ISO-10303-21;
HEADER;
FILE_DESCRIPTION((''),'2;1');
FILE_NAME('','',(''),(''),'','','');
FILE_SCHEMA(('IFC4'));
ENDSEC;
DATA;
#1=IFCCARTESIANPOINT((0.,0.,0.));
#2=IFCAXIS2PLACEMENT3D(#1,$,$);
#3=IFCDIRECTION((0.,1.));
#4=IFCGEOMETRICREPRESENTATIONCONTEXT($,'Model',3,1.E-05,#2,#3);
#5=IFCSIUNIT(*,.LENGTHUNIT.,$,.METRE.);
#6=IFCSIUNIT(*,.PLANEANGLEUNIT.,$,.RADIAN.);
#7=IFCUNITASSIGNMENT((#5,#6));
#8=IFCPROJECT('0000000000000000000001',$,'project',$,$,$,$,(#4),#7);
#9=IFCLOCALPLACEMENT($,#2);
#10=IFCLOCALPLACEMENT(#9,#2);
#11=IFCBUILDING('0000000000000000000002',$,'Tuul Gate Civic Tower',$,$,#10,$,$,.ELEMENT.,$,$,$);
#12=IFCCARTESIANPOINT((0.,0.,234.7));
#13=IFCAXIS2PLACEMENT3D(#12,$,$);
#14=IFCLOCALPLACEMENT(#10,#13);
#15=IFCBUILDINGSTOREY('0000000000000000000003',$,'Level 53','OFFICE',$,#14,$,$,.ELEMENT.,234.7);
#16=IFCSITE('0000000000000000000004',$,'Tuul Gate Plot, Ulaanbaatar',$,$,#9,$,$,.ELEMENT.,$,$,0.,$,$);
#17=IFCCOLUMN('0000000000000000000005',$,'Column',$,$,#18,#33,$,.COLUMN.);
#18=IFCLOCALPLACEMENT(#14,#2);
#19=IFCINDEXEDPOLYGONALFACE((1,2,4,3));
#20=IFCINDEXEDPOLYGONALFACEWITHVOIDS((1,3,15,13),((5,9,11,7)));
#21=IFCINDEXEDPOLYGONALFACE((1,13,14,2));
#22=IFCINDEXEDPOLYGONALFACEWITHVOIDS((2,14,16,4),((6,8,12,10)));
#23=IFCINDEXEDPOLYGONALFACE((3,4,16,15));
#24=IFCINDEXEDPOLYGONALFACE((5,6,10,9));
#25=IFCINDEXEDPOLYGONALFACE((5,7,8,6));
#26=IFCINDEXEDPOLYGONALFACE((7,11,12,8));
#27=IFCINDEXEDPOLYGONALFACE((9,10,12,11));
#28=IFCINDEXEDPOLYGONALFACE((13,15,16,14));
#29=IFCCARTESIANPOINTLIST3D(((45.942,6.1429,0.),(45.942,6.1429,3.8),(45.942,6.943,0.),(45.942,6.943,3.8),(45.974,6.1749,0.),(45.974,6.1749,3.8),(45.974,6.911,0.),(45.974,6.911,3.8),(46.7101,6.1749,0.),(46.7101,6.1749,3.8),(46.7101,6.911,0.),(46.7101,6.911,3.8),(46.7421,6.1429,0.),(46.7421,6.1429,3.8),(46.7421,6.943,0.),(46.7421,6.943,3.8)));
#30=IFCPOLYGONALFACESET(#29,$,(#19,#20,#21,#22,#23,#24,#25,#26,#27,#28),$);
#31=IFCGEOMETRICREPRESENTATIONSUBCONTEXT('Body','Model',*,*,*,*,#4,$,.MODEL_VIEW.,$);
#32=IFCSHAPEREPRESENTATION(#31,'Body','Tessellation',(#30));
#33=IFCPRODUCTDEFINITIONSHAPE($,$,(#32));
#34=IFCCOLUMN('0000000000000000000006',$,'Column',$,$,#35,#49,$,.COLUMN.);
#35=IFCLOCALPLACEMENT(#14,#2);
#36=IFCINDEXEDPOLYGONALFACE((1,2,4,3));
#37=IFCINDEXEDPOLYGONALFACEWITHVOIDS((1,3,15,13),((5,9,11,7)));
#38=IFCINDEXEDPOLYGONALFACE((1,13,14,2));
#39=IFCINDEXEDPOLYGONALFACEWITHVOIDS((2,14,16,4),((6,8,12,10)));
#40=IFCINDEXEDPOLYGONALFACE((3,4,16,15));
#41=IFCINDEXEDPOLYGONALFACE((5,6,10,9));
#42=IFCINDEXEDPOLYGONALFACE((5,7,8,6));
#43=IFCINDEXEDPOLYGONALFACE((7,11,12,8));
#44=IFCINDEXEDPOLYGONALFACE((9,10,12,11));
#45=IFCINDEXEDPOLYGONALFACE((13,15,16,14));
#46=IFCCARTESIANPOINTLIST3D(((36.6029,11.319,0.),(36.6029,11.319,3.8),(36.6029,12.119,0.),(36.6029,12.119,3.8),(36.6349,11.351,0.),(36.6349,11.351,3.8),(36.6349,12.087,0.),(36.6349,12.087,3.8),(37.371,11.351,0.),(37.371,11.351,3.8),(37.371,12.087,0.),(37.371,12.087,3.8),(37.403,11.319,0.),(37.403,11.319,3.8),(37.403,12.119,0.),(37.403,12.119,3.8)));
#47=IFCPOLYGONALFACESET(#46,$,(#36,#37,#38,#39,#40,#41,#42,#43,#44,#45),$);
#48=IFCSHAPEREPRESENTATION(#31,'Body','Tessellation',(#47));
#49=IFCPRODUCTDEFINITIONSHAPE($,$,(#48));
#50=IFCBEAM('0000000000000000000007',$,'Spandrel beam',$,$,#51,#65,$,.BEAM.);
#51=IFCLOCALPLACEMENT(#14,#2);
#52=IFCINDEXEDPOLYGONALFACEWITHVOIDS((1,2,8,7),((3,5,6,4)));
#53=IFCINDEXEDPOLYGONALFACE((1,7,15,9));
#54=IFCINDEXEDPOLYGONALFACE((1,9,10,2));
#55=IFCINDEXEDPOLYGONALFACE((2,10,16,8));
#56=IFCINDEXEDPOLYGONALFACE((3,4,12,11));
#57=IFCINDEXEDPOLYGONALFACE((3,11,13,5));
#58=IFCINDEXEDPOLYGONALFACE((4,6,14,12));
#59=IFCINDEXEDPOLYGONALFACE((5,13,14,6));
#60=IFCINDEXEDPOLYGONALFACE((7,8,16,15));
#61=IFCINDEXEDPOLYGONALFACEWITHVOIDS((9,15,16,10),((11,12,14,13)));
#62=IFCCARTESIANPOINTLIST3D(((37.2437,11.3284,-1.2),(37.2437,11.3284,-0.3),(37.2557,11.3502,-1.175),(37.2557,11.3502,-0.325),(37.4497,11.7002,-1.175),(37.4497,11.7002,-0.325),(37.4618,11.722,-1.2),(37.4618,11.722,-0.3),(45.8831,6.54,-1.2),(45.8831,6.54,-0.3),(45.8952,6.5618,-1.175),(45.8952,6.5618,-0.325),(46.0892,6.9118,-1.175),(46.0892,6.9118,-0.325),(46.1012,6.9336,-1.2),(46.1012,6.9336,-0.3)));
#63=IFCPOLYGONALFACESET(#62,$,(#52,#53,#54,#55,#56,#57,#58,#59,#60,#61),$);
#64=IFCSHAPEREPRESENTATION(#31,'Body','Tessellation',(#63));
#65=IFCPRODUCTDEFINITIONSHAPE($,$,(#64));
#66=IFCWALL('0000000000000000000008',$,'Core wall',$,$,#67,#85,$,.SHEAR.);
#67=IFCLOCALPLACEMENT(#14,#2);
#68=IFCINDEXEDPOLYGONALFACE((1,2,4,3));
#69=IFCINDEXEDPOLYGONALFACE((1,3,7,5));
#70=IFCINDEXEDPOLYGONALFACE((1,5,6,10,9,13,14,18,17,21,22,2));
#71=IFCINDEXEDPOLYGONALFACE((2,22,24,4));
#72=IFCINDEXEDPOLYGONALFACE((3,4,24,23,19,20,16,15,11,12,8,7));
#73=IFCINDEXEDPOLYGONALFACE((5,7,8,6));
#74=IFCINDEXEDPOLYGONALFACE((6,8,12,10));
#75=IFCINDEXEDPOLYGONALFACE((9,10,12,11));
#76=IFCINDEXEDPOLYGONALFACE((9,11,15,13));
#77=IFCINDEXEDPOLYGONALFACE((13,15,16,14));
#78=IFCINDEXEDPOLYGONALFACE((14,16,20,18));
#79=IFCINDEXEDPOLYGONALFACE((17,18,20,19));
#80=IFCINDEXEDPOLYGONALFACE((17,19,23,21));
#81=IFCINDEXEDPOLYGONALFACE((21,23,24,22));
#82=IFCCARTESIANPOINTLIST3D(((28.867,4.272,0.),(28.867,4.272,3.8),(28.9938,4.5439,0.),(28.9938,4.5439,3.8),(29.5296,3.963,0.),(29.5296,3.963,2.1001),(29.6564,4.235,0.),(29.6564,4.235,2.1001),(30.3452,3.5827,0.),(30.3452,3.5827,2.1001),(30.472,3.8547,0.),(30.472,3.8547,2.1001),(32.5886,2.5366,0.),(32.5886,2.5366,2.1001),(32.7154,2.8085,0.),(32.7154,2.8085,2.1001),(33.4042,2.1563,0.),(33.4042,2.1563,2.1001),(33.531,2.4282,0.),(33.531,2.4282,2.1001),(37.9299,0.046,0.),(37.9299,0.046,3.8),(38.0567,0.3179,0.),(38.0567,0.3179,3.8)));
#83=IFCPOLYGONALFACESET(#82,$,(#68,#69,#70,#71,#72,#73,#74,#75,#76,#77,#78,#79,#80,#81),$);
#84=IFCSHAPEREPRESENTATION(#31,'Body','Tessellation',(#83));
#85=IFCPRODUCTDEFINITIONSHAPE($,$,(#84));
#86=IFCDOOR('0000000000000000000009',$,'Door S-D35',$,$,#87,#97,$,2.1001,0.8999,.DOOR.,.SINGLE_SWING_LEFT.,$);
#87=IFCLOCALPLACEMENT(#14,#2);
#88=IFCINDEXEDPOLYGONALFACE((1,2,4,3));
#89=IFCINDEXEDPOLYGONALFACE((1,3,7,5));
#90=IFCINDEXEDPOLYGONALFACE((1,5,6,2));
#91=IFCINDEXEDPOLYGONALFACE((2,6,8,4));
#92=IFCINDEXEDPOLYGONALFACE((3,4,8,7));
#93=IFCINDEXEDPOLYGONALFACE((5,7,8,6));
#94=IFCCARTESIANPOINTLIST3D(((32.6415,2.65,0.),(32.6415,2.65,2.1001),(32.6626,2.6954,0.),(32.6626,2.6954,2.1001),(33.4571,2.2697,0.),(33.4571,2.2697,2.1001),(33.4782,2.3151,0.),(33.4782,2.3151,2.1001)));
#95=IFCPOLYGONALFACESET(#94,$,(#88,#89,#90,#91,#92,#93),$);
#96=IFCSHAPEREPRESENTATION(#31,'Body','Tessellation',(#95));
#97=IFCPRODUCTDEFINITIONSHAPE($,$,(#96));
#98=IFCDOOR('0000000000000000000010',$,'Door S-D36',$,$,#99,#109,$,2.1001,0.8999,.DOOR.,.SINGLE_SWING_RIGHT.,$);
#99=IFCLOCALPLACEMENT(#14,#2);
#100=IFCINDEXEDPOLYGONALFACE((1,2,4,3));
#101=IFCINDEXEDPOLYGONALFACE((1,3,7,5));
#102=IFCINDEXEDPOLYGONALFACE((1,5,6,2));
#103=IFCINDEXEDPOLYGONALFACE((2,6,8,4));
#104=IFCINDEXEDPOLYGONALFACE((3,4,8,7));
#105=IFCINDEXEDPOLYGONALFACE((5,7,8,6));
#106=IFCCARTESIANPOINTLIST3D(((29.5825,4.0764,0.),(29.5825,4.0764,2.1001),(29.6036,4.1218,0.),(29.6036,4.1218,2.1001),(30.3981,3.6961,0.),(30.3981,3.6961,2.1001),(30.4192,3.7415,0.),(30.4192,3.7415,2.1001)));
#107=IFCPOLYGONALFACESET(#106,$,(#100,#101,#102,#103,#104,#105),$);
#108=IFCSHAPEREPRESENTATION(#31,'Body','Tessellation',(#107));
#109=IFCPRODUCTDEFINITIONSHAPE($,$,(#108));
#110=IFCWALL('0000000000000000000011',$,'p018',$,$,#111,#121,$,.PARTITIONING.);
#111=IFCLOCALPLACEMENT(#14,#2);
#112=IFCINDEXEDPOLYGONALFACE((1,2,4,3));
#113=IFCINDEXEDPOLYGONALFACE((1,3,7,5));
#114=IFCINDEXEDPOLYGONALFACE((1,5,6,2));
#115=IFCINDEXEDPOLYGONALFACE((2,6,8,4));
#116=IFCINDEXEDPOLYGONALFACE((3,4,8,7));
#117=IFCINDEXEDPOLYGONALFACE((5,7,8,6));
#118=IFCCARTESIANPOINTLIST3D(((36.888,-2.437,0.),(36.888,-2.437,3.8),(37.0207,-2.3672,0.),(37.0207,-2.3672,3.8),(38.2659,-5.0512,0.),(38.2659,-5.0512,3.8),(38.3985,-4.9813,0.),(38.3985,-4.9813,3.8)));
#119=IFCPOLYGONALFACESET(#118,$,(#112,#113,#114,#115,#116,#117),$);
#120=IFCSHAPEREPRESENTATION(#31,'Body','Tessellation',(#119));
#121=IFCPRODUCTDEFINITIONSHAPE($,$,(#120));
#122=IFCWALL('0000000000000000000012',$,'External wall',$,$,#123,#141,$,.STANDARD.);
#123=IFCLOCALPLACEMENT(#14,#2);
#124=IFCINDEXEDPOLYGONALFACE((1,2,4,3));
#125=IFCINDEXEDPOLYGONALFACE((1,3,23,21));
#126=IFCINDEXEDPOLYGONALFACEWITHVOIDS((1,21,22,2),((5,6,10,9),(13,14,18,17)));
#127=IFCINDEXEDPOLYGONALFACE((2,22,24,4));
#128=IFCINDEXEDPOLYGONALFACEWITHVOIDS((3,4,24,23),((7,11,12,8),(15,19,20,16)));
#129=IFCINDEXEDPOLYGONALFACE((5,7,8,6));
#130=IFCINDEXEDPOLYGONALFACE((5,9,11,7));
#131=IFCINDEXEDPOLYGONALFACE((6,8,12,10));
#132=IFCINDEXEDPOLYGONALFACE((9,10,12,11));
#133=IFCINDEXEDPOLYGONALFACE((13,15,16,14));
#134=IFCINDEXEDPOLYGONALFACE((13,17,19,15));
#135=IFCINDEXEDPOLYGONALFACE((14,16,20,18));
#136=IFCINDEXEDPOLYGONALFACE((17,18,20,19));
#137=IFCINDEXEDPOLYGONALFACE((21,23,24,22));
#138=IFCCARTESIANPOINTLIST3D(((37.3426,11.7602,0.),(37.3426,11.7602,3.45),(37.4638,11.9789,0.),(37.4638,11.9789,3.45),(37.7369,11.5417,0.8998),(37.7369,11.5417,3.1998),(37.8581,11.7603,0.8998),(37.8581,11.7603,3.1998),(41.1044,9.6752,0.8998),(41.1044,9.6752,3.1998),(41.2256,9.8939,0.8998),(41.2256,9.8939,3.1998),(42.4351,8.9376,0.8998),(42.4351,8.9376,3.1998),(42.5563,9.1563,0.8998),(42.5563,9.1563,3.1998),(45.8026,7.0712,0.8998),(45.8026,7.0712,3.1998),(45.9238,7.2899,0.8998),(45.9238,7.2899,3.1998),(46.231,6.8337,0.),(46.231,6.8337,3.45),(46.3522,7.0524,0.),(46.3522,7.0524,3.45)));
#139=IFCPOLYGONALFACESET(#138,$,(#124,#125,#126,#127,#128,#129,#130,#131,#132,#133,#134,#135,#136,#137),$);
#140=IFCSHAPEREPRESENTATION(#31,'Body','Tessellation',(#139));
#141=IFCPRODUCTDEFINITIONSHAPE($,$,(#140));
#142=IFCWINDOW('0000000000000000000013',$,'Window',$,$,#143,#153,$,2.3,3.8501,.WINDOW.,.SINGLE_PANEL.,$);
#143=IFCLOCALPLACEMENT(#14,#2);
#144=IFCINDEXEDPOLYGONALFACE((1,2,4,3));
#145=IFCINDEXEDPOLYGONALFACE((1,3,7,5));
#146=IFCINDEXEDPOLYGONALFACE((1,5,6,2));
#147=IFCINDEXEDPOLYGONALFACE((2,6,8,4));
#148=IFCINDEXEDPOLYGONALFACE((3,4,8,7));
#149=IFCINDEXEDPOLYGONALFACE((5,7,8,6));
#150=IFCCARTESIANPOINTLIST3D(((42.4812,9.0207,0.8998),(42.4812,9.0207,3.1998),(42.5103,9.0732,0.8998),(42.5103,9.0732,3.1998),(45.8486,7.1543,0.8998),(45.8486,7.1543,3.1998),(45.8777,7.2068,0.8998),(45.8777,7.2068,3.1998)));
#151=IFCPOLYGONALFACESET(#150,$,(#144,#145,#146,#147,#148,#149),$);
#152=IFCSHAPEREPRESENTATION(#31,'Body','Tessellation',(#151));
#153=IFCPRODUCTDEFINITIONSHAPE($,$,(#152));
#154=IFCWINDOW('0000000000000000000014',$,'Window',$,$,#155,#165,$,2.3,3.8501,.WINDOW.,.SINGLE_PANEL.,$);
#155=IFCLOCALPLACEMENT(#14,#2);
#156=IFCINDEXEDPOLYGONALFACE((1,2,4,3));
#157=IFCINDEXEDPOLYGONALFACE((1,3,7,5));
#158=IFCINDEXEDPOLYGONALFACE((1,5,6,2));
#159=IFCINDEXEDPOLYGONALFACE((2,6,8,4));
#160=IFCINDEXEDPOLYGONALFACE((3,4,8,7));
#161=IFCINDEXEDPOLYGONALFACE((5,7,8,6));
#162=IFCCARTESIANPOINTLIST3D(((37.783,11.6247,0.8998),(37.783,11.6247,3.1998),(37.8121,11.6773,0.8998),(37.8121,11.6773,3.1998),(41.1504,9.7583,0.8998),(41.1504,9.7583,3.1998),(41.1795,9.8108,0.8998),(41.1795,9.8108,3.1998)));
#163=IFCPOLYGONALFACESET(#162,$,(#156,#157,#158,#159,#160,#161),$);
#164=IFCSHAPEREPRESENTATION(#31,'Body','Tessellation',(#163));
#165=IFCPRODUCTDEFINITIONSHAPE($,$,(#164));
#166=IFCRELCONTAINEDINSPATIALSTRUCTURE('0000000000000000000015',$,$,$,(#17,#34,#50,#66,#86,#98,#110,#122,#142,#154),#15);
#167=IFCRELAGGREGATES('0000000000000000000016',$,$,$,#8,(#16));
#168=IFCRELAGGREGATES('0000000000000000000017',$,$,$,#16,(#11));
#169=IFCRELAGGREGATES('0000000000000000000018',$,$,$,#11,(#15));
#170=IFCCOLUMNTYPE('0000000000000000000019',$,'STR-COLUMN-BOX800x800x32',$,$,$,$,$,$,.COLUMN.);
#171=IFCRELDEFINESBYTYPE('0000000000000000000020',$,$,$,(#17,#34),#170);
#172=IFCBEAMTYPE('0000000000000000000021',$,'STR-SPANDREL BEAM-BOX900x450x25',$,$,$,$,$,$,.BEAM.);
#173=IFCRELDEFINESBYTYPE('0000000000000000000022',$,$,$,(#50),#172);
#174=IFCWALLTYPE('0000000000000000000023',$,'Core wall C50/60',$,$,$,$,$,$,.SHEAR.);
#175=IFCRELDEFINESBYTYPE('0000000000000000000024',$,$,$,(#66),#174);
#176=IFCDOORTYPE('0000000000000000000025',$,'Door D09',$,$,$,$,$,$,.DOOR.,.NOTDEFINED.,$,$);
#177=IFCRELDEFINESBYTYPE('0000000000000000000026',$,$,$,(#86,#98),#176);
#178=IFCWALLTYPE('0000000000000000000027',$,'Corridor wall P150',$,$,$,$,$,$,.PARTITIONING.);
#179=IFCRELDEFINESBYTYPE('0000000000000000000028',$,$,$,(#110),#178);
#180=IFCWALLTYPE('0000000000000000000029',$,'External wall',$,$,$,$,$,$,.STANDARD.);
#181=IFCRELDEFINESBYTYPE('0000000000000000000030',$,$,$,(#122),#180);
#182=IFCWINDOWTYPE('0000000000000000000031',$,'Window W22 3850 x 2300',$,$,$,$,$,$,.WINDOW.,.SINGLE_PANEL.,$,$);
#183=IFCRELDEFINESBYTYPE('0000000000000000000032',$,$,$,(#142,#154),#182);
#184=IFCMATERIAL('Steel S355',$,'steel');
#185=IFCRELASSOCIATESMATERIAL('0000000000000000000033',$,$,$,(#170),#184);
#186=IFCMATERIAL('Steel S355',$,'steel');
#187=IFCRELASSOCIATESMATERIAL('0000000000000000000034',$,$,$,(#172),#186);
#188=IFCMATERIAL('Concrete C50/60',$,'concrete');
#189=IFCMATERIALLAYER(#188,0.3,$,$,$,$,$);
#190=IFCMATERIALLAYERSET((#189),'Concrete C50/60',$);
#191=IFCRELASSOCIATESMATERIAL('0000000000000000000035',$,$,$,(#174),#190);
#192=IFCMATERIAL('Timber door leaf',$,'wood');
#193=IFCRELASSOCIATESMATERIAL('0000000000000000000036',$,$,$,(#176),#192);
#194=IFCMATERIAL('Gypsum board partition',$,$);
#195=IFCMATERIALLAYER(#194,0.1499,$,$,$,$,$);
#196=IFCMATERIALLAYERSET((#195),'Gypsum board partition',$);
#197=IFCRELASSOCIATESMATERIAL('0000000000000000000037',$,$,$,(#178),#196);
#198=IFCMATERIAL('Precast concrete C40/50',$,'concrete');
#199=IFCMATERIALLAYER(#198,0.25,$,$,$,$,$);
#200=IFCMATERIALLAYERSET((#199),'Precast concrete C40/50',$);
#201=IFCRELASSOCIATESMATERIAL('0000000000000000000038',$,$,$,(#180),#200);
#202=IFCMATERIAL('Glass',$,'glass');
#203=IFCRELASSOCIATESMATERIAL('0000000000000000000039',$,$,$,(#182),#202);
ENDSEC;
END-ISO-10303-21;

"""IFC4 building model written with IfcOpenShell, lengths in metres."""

from ifc_helpers import new_model, si_unit, direction, frame, frame_2d, origin, origin_2d, place, context, subcontext, project, spatial, rectangle, hollow_rectangle, extrude, material, layer, layer_set, material_profile, profile_set, type_object, element, fill, save


model = new_model("IFC4")

# Units and contexts
model_context = context("Model", 3, precision=1e-05, world=origin(), true_north=direction((0.0, 1.0)))
body_context = subcontext(model_context, "Body", "Model", "MODEL_VIEW")
ifc_project = project(units=[si_unit("LENGTHUNIT", "METRE"), si_unit("PLANEANGLEUNIT", "RADIAN")], contexts=[model_context])

# Site, building, storey
site_placement = place(None, origin())
site = spatial("IfcSite", under=ifc_project, at=site_placement, Name="Tuul Gate Plot, Ulaanbaatar", CompositionType="ELEMENT", RefElevation=0.0)
building_placement = place(site_placement, origin())
building = spatial("IfcBuilding", under=site, at=building_placement, Name="Tuul Gate Civic Tower", CompositionType="ELEMENT")
storey_placement = place(building_placement, frame((0.0, 0.0, 234.7)))
storey = spatial("IfcBuildingStorey", under=building, at=storey_placement, Name="Level 53", Description="OFFICE", CompositionType="ELEMENT", Elevation=234.7)

# Columns
ifc_material_1 = material(Name="Steel S355", Category="steel")
ifc_material_profile_1 = material_profile(ifc_material_1, hollow_rectangle(XDim=0.8, YDim=0.8, WallThickness=0.032, at=origin_2d()), Name="BOX800x800x32")
ifc_profile_set_1 = profile_set([ifc_material_profile_1], Name="Steel S355")
column_type = type_object("IfcColumnType", Name="STR-COLUMN-BOX800x800x32", PredefinedType="COLUMN", material=ifc_profile_set_1)
for number, where, z_axis, x_axis, name in (
    (1, (46.342, 6.543, 0.0), (0.0, 0.0, 1.0), (1.0, 0.0, 0.0), "Column"),
    (2, (37.0029, 11.719, 0.0), (0.0, 0.0, 1.0), (1.0, 0.0, 0.0), "Column"),
):
    element("IfcColumn", number, at=place(storey_placement, frame(where, z_axis=z_axis, x_axis=x_axis)), inside=storey, type_object=column_type, Name=name, PredefinedType="COLUMN", context=body_context, shape_type="SweptSolid", body=[
        extrude(hollow_rectangle(XDim=0.8, YDim=0.8, WallThickness=0.032, at=origin_2d()), origin(), (0.0, 0.0, 1.0), 3.8),
    ])

# Beam
ifc_material_2 = material(Name="Steel S355", Category="steel")
ifc_material_profile_2 = material_profile(ifc_material_2, hollow_rectangle(XDim=0.45, YDim=0.8999, WallThickness=0.0249, at=origin_2d()), Name="BOX900x450x25")
ifc_profile_set_2 = profile_set([ifc_material_profile_2], Name="Steel S355")
beam_type = type_object("IfcBeamType", Name="STR-SPANDREL BEAM-BOX900x450x25", PredefinedType="BEAM", material=ifc_profile_set_2)
beam_placement = place(storey_placement, frame((45.9922, 6.7368, -0.75), z_axis=(-0.874644, 0.484765, 0.0), x_axis=(-0.484765, -0.874644, 0.0)))
element("IfcBeam", 3, at=beam_placement, inside=storey, type_object=beam_type, Name="Spandrel beam", PredefinedType="BEAM", context=body_context, shape_type="SweptSolid", body=[
    extrude(hollow_rectangle(XDim=0.45, YDim=0.8999, WallThickness=0.0249, at=origin_2d()), origin(), (0.0, 0.0, 1.0), 9.8777),
])

# Wall, openings, doors
ifc_material_3 = material(Name="Concrete C50/60", Category="concrete")
ifc_layer_1 = layer(ifc_material_3, 0.3)
ifc_layer_set_1 = layer_set([ifc_layer_1], Name="Concrete C50/60")
wall_type_1 = type_object("IfcWallType", Name="Core wall C50/60", PredefinedType="SHEAR", material=ifc_layer_set_1)
wall_1_placement = place(storey_placement, frame((37.9934, 0.1819, 0.0), z_axis=(0.0, 0.0, 1.0), x_axis=(-0.90631, 0.422613, 0.0)))
wall_1 = element("IfcWall", 4, at=wall_1_placement, inside=storey, type_object=wall_type_1, Name="Core wall", PredefinedType="SHEAR", context=body_context, shape_type="SweptSolid", body=[
    extrude(rectangle(XDim=9.9998, YDim=0.3, at=frame_2d((5.0, 0.0))), origin(), (0.0, 0.0, 1.0), 3.8),
])
opening_1_placement = place(wall_1_placement, frame((4.9937, 0.0, 0.0)))
opening_1 = element("IfcOpeningElement", 5, at=opening_1_placement, cuts=wall_1, PredefinedType="OPENING", context=body_context, shape_type="SweptSolid", body=[
    extrude(rectangle(XDim=0.8999, YDim=2.1001, at=frame_2d((0.45, 1.05))), frame((0.0, 0.1602, 0.0), z_axis=(0.0, -1.0, 0.0), x_axis=(1.0, 0.0, 0.0)), (0.0, 0.0, 1.0), 0.3201),
])
opening_2_placement = place(wall_1_placement, frame((8.3689, 0.0, 0.0)))
opening_2 = element("IfcOpeningElement", 6, at=opening_2_placement, cuts=wall_1, PredefinedType="OPENING", context=body_context, shape_type="SweptSolid", body=[
    extrude(rectangle(XDim=0.8999, YDim=2.1001, at=frame_2d((0.45, 1.05))), frame((0.0, 0.1602, 0.0), z_axis=(0.0, -1.0, 0.0), x_axis=(1.0, 0.0, 0.0)), (0.0, 0.0, 1.0), 0.3201),
])
ifc_material_4 = material(Name="Timber door leaf", Category="wood")
door_type_1 = type_object("IfcDoorType", Name="Door D09", OperationType="NOTDEFINED", PredefinedType="DOOR", material=ifc_material_4)
door_1_placement = place(opening_1_placement, origin())
door_1 = element("IfcDoor", 7, at=door_1_placement, inside=storey, type_object=door_type_1, Name="Door S-D35", OperationType="SINGLE_SWING_LEFT", OverallHeight=2.1001, OverallWidth=0.8999, PredefinedType="DOOR", context=body_context, shape_type="SweptSolid", body=[
    extrude(rectangle(XDim=0.8999, YDim=2.1001, at=frame_2d((0.45, 1.05))), frame((0.0, 0.0249, 0.0), z_axis=(0.0, -1.0, 0.0), x_axis=(1.0, 0.0, 0.0)), (0.0, 0.0, 1.0), 0.05),
])
fill(opening_1, door_1)
door_2_placement = place(opening_2_placement, origin())
door_2 = element("IfcDoor", 8, at=door_2_placement, inside=storey, type_object=door_type_1, Name="Door S-D36", OperationType="SINGLE_SWING_RIGHT", OverallHeight=2.1001, OverallWidth=0.8999, PredefinedType="DOOR", context=body_context, shape_type="SweptSolid", body=[
    extrude(rectangle(XDim=0.8999, YDim=2.1001, at=frame_2d((0.45, 1.05))), frame((0.0, 0.0249, 0.0), z_axis=(0.0, -1.0, 0.0), x_axis=(1.0, 0.0, 0.0)), (0.0, 0.0, 1.0), 0.05),
])
fill(opening_2, door_2)

# Wall
ifc_material_5 = material(Name="Gypsum board partition")
ifc_layer_2 = layer(ifc_material_5, 0.1499)
ifc_layer_set_2 = layer_set([ifc_layer_2], Name="Gypsum board partition")
wall_type_2 = type_object("IfcWallType", Name="Corridor wall P150", PredefinedType="PARTITIONING", material=ifc_layer_set_2)
wall_2_placement = place(storey_placement, frame((36.9543, -2.4021, 0.0), z_axis=(0.0, 0.0, 1.0), x_axis=(0.466278, -0.884638, 0.0)))
element("IfcWall", 9, at=wall_2_placement, inside=storey, type_object=wall_type_2, Name="p018", PredefinedType="PARTITIONING", context=body_context, shape_type="SweptSolid", body=[
    extrude(rectangle(XDim=2.9551, YDim=0.1499, at=frame_2d((1.4775, 0.0))), origin(), (0.0, 0.0, 1.0), 3.8),
])

# Wall, openings, windows
ifc_material_6 = material(Name="Precast concrete C40/50", Category="concrete")
ifc_layer_3 = layer(ifc_material_6, 0.25)
ifc_layer_set_3 = layer_set([ifc_layer_3], Name="Precast concrete C40/50")
wall_type_3 = type_object("IfcWallType", Name="External wall", PredefinedType="STANDARD", material=ifc_layer_set_3)
wall_3_placement = place(storey_placement, frame((46.2915, 6.9431, 0.0), z_axis=(0.0, 0.0, 1.0), x_axis=(-0.874637, 0.484778, 0.0)))
wall_3 = element("IfcWall", 10, at=wall_3_placement, inside=storey, type_object=wall_type_3, Name="External wall", PredefinedType="STANDARD", context=body_context, shape_type="SweptSolid", body=[
    extrude(rectangle(XDim=10.1624, YDim=0.25, at=frame_2d((5.0811, 0.0))), origin(), (0.0, 0.0, 1.0), 3.45),
])
opening_3_placement = place(wall_3_placement, frame((0.4897, 0.0, 0.8999)))
opening_3 = element("IfcOpeningElement", 11, at=opening_3_placement, cuts=wall_3, PredefinedType="OPENING", context=body_context, shape_type="SweptSolid", body=[
    extrude(rectangle(XDim=3.8501, YDim=2.3, at=frame_2d((1.925, 1.1499))), frame((0.0, 0.135, 0.0), z_axis=(0.0, -1.0, 0.0), x_axis=(1.0, 0.0, 0.0)), (0.0, 0.0, 1.0), 0.27),
])
opening_4_placement = place(wall_3_placement, frame((5.8613, 0.0, 0.8999)))
opening_4 = element("IfcOpeningElement", 12, at=opening_4_placement, cuts=wall_3, PredefinedType="OPENING", context=body_context, shape_type="SweptSolid", body=[
    extrude(rectangle(XDim=3.8501, YDim=2.3, at=frame_2d((1.925, 1.1499))), frame((0.0, 0.135, 0.0), z_axis=(0.0, -1.0, 0.0), x_axis=(1.0, 0.0, 0.0)), (0.0, 0.0, 1.0), 0.27),
])
ifc_material_7 = material(Name="Glass", Category="glass")
window_type = type_object("IfcWindowType", Name="Window W22 3850 x 2300", PartitioningType="SINGLE_PANEL", PredefinedType="WINDOW", material=ifc_material_7)
window_1_placement = place(opening_3_placement, origin())
window_1 = element("IfcWindow", 13, at=window_1_placement, inside=storey, type_object=window_type, Name="Window", OverallHeight=2.3, OverallWidth=3.8501, PartitioningType="SINGLE_PANEL", PredefinedType="WINDOW", context=body_context, shape_type="SweptSolid", body=[
    extrude(rectangle(XDim=3.8501, YDim=2.3, at=frame_2d((1.925, 1.1499))), frame((0.0, 0.03, 0.0), z_axis=(0.0, -1.0, 0.0), x_axis=(1.0, 0.0, 0.0)), (0.0, 0.0, 1.0), 0.0601),
])
fill(opening_3, window_1)
window_2_placement = place(opening_4_placement, origin())
window_2 = element("IfcWindow", 14, at=window_2_placement, inside=storey, type_object=window_type, Name="Window", OverallHeight=2.3, OverallWidth=3.8501, PartitioningType="SINGLE_PANEL", PredefinedType="WINDOW", context=body_context, shape_type="SweptSolid", body=[
    extrude(rectangle(XDim=3.8501, YDim=2.3, at=frame_2d((1.925, 1.1499))), frame((0.0, 0.03, 0.0), z_axis=(0.0, -1.0, 0.0), x_axis=(1.0, 0.0, 0.0)), (0.0, 0.0, 1.0), 0.0601),
])
fill(opening_4, window_2)

save(model, "model.ifc")
